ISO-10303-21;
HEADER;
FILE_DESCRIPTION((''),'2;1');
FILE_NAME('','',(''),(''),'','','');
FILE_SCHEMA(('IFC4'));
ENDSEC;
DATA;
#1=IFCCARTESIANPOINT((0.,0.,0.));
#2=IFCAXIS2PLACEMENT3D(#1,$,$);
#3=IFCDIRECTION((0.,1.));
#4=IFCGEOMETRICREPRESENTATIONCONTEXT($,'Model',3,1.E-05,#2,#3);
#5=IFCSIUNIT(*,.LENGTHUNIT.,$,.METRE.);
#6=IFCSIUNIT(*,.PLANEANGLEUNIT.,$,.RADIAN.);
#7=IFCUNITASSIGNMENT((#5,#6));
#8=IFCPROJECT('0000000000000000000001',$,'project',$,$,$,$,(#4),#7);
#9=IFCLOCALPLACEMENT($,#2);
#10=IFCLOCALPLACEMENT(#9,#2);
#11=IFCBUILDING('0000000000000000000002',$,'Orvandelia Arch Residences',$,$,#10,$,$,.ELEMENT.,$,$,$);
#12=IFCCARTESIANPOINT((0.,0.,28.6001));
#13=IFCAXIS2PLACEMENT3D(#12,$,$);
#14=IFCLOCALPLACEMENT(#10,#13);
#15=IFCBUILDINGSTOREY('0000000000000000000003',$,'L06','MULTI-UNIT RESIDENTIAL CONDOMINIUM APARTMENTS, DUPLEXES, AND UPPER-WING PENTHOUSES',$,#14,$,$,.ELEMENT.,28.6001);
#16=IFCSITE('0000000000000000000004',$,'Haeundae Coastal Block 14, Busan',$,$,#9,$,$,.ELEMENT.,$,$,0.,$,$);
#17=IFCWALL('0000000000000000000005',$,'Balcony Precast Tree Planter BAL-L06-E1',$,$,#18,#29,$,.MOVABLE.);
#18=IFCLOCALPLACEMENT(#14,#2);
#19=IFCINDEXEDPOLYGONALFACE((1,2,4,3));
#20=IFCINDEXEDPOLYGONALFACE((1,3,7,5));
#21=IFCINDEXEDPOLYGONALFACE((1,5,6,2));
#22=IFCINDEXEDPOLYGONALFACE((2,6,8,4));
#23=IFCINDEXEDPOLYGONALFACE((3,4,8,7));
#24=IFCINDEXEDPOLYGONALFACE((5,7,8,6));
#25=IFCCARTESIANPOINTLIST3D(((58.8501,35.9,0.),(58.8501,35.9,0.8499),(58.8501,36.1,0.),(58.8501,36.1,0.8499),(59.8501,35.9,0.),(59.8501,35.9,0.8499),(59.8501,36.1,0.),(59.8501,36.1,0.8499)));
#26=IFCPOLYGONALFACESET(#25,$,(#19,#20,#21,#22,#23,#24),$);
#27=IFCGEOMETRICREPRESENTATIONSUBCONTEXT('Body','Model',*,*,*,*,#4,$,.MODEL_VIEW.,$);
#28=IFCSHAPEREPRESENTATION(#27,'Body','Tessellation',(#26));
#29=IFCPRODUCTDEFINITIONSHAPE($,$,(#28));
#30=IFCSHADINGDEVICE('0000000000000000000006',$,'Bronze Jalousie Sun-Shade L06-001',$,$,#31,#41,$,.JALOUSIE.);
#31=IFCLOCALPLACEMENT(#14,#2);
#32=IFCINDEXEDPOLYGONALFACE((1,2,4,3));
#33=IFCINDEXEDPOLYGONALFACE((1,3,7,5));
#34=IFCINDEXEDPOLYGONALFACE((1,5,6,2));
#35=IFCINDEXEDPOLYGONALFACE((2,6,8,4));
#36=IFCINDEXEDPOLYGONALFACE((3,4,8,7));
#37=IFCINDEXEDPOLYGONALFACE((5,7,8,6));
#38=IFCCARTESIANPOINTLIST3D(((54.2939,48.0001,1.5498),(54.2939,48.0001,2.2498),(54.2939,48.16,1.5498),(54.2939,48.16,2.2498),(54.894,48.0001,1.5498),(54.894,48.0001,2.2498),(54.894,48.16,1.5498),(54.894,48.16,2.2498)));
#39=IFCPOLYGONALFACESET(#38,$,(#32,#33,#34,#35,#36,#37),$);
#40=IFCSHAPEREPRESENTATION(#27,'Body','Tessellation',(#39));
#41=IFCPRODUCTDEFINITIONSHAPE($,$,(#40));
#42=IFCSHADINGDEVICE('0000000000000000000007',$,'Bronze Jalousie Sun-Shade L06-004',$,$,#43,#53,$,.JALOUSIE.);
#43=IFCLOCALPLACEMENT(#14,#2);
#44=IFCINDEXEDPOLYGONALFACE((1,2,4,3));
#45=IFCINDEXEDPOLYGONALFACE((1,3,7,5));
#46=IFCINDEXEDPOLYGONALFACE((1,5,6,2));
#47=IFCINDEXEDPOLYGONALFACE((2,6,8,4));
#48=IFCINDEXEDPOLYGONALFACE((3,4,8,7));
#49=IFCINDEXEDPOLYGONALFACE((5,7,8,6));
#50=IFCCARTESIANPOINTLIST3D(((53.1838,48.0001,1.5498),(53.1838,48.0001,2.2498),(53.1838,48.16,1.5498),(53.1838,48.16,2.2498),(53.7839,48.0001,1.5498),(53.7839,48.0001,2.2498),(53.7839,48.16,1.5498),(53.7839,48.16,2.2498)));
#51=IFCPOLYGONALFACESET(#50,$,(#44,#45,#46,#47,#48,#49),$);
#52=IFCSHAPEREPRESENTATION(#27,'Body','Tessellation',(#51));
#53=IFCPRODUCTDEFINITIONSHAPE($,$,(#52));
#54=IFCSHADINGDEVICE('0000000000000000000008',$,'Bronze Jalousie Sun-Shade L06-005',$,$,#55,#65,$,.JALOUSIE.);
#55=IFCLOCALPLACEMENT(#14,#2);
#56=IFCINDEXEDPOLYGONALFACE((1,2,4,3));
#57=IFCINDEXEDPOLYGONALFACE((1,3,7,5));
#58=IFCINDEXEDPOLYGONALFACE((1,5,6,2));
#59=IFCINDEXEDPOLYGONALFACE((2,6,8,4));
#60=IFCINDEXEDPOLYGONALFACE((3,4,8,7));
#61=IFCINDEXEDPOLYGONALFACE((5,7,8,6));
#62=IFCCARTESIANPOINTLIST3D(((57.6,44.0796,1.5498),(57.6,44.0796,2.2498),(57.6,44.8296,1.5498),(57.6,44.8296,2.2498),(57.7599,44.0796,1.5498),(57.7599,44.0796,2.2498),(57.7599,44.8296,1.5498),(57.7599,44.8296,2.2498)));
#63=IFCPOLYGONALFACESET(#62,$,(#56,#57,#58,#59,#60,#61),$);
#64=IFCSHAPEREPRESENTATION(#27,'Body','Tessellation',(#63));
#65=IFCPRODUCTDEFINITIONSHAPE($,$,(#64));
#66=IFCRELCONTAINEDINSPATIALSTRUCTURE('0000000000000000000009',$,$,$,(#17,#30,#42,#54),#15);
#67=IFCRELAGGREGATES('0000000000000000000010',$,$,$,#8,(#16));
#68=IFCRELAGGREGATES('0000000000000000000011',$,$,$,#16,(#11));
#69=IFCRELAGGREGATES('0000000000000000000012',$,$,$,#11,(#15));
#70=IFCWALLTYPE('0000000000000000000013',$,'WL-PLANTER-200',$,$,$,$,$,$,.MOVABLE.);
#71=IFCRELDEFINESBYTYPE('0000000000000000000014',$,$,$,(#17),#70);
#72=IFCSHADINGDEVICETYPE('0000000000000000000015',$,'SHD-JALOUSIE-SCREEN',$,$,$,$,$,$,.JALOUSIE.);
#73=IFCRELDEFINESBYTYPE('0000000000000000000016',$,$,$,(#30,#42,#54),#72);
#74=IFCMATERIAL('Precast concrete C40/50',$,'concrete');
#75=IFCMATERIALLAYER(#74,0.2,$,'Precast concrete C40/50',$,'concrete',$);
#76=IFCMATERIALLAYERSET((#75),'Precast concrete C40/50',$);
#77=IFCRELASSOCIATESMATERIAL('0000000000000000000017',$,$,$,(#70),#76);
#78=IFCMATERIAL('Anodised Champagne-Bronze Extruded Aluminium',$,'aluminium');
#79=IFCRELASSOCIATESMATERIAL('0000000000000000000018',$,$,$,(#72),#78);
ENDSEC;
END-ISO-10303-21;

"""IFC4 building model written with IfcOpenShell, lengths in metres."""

from ifc_helpers import new_model, si_unit, direction, frame, frame_2d, origin, origin_2d, place, context, subcontext, project, spatial, rectangle, extrude, material, layer, layer_set, type_object, element, save


model = new_model("IFC4")

# Units and contexts
model_context = context("Model", 3, precision=1e-05, world=origin(), true_north=direction((0.0, 1.0)))
body_context = subcontext(model_context, "Body", "Model", "MODEL_VIEW")
ifc_project = project(units=[si_unit("LENGTHUNIT", "METRE"), si_unit("PLANEANGLEUNIT", "RADIAN")], contexts=[model_context])

# Site, building, storey
site_placement = place(None, origin())
site = spatial("IfcSite", under=ifc_project, at=site_placement, Name="Haeundae Coastal Block 14, Busan", CompositionType="ELEMENT", RefElevation=0.0)
building_placement = place(site_placement, origin())
building = spatial("IfcBuilding", under=site, at=building_placement, Name="Orvandelia Arch Residences", CompositionType="ELEMENT")
storey_placement = place(building_placement, frame((0.0, 0.0, 28.6001)))
storey = spatial("IfcBuildingStorey", under=building, at=storey_placement, Name="L06", Description="MULTI-UNIT RESIDENTIAL CONDOMINIUM APARTMENTS, DUPLEXES, AND UPPER-WING PENTHOUSES", CompositionType="ELEMENT", Elevation=28.6001)

# Shared definitions
ifc_material_1 = material(Name="Precast concrete C40/50", Category="concrete")

# Wall
ifc_layer_1 = layer(ifc_material_1, 0.2, Name="Precast concrete C40/50", Category="concrete")
ifc_layer_set_1 = layer_set([ifc_layer_1], Name="Precast concrete C40/50")
wall_type_1 = type_object("IfcWallType", Name="WL-PLANTER-200", PredefinedType="MOVABLE", material=ifc_layer_set_1)
wall_1_placement = place(storey_placement, frame((58.8501, 36.0, 0.0), z_axis=(0.0, 0.0, 1.0), x_axis=(1.0, 0.0, 0.0)))
element("IfcWall", 1, at=wall_1_placement, inside=storey, type_object=wall_type_1, Name="Balcony Precast Tree Planter BAL-L06-E1", PredefinedType="MOVABLE", context=body_context, shape_type="SweptSolid", body=[
    extrude(rectangle(XDim=1.0, YDim=0.2, at=frame_2d((0.5, 0.0))), origin(), (0.0, 0.0, 1.0), 0.8499),
])

# Shading devices
ifc_material_2 = material(Name="Anodised Champagne-Bronze Extruded Aluminium", Category="aluminium")
shading_device_type = type_object("IfcShadingDeviceType", Name="SHD-JALOUSIE-SCREEN", PredefinedType="JALOUSIE", material=ifc_material_2)
for number, where, z_axis, x_axis, name in (
    (2, (54.594, 48.0801, 1.5498), (0.0, 0.0, 1.0), (1.0, 0.0, 0.0), "Bronze Jalousie Sun-Shade L06-001"),
    (3, (53.4839, 48.0801, 1.5498), (0.0, 0.0, 1.0), (1.0, 0.0, 0.0), "Bronze Jalousie Sun-Shade L06-004"),
):
    element("IfcShadingDevice", number, at=place(storey_placement, frame(where, z_axis=z_axis, x_axis=x_axis)), inside=storey, type_object=shading_device_type, Name=name, PredefinedType="JALOUSIE", context=body_context, shape_type="SweptSolid", body=[
        extrude(rectangle(XDim=0.6001, YDim=0.1599, at=origin_2d()), origin(), (0.0, 0.0, 1.0), 0.7),
    ])
shading_device_placement = place(storey_placement, frame((57.6799, 44.4546, 1.5498), z_axis=(0.0, 0.0, 1.0), x_axis=(0.0, -1.0, 0.0)))
element("IfcShadingDevice", 4, at=shading_device_placement, inside=storey, type_object=shading_device_type, Name="Bronze Jalousie Sun-Shade L06-005", PredefinedType="JALOUSIE", context=body_context, shape_type="SweptSolid", body=[
    extrude(rectangle(XDim=0.75, YDim=0.1599, at=origin_2d()), origin(), (0.0, 0.0, 1.0), 0.7),
])

save(model, "model.ifc")
